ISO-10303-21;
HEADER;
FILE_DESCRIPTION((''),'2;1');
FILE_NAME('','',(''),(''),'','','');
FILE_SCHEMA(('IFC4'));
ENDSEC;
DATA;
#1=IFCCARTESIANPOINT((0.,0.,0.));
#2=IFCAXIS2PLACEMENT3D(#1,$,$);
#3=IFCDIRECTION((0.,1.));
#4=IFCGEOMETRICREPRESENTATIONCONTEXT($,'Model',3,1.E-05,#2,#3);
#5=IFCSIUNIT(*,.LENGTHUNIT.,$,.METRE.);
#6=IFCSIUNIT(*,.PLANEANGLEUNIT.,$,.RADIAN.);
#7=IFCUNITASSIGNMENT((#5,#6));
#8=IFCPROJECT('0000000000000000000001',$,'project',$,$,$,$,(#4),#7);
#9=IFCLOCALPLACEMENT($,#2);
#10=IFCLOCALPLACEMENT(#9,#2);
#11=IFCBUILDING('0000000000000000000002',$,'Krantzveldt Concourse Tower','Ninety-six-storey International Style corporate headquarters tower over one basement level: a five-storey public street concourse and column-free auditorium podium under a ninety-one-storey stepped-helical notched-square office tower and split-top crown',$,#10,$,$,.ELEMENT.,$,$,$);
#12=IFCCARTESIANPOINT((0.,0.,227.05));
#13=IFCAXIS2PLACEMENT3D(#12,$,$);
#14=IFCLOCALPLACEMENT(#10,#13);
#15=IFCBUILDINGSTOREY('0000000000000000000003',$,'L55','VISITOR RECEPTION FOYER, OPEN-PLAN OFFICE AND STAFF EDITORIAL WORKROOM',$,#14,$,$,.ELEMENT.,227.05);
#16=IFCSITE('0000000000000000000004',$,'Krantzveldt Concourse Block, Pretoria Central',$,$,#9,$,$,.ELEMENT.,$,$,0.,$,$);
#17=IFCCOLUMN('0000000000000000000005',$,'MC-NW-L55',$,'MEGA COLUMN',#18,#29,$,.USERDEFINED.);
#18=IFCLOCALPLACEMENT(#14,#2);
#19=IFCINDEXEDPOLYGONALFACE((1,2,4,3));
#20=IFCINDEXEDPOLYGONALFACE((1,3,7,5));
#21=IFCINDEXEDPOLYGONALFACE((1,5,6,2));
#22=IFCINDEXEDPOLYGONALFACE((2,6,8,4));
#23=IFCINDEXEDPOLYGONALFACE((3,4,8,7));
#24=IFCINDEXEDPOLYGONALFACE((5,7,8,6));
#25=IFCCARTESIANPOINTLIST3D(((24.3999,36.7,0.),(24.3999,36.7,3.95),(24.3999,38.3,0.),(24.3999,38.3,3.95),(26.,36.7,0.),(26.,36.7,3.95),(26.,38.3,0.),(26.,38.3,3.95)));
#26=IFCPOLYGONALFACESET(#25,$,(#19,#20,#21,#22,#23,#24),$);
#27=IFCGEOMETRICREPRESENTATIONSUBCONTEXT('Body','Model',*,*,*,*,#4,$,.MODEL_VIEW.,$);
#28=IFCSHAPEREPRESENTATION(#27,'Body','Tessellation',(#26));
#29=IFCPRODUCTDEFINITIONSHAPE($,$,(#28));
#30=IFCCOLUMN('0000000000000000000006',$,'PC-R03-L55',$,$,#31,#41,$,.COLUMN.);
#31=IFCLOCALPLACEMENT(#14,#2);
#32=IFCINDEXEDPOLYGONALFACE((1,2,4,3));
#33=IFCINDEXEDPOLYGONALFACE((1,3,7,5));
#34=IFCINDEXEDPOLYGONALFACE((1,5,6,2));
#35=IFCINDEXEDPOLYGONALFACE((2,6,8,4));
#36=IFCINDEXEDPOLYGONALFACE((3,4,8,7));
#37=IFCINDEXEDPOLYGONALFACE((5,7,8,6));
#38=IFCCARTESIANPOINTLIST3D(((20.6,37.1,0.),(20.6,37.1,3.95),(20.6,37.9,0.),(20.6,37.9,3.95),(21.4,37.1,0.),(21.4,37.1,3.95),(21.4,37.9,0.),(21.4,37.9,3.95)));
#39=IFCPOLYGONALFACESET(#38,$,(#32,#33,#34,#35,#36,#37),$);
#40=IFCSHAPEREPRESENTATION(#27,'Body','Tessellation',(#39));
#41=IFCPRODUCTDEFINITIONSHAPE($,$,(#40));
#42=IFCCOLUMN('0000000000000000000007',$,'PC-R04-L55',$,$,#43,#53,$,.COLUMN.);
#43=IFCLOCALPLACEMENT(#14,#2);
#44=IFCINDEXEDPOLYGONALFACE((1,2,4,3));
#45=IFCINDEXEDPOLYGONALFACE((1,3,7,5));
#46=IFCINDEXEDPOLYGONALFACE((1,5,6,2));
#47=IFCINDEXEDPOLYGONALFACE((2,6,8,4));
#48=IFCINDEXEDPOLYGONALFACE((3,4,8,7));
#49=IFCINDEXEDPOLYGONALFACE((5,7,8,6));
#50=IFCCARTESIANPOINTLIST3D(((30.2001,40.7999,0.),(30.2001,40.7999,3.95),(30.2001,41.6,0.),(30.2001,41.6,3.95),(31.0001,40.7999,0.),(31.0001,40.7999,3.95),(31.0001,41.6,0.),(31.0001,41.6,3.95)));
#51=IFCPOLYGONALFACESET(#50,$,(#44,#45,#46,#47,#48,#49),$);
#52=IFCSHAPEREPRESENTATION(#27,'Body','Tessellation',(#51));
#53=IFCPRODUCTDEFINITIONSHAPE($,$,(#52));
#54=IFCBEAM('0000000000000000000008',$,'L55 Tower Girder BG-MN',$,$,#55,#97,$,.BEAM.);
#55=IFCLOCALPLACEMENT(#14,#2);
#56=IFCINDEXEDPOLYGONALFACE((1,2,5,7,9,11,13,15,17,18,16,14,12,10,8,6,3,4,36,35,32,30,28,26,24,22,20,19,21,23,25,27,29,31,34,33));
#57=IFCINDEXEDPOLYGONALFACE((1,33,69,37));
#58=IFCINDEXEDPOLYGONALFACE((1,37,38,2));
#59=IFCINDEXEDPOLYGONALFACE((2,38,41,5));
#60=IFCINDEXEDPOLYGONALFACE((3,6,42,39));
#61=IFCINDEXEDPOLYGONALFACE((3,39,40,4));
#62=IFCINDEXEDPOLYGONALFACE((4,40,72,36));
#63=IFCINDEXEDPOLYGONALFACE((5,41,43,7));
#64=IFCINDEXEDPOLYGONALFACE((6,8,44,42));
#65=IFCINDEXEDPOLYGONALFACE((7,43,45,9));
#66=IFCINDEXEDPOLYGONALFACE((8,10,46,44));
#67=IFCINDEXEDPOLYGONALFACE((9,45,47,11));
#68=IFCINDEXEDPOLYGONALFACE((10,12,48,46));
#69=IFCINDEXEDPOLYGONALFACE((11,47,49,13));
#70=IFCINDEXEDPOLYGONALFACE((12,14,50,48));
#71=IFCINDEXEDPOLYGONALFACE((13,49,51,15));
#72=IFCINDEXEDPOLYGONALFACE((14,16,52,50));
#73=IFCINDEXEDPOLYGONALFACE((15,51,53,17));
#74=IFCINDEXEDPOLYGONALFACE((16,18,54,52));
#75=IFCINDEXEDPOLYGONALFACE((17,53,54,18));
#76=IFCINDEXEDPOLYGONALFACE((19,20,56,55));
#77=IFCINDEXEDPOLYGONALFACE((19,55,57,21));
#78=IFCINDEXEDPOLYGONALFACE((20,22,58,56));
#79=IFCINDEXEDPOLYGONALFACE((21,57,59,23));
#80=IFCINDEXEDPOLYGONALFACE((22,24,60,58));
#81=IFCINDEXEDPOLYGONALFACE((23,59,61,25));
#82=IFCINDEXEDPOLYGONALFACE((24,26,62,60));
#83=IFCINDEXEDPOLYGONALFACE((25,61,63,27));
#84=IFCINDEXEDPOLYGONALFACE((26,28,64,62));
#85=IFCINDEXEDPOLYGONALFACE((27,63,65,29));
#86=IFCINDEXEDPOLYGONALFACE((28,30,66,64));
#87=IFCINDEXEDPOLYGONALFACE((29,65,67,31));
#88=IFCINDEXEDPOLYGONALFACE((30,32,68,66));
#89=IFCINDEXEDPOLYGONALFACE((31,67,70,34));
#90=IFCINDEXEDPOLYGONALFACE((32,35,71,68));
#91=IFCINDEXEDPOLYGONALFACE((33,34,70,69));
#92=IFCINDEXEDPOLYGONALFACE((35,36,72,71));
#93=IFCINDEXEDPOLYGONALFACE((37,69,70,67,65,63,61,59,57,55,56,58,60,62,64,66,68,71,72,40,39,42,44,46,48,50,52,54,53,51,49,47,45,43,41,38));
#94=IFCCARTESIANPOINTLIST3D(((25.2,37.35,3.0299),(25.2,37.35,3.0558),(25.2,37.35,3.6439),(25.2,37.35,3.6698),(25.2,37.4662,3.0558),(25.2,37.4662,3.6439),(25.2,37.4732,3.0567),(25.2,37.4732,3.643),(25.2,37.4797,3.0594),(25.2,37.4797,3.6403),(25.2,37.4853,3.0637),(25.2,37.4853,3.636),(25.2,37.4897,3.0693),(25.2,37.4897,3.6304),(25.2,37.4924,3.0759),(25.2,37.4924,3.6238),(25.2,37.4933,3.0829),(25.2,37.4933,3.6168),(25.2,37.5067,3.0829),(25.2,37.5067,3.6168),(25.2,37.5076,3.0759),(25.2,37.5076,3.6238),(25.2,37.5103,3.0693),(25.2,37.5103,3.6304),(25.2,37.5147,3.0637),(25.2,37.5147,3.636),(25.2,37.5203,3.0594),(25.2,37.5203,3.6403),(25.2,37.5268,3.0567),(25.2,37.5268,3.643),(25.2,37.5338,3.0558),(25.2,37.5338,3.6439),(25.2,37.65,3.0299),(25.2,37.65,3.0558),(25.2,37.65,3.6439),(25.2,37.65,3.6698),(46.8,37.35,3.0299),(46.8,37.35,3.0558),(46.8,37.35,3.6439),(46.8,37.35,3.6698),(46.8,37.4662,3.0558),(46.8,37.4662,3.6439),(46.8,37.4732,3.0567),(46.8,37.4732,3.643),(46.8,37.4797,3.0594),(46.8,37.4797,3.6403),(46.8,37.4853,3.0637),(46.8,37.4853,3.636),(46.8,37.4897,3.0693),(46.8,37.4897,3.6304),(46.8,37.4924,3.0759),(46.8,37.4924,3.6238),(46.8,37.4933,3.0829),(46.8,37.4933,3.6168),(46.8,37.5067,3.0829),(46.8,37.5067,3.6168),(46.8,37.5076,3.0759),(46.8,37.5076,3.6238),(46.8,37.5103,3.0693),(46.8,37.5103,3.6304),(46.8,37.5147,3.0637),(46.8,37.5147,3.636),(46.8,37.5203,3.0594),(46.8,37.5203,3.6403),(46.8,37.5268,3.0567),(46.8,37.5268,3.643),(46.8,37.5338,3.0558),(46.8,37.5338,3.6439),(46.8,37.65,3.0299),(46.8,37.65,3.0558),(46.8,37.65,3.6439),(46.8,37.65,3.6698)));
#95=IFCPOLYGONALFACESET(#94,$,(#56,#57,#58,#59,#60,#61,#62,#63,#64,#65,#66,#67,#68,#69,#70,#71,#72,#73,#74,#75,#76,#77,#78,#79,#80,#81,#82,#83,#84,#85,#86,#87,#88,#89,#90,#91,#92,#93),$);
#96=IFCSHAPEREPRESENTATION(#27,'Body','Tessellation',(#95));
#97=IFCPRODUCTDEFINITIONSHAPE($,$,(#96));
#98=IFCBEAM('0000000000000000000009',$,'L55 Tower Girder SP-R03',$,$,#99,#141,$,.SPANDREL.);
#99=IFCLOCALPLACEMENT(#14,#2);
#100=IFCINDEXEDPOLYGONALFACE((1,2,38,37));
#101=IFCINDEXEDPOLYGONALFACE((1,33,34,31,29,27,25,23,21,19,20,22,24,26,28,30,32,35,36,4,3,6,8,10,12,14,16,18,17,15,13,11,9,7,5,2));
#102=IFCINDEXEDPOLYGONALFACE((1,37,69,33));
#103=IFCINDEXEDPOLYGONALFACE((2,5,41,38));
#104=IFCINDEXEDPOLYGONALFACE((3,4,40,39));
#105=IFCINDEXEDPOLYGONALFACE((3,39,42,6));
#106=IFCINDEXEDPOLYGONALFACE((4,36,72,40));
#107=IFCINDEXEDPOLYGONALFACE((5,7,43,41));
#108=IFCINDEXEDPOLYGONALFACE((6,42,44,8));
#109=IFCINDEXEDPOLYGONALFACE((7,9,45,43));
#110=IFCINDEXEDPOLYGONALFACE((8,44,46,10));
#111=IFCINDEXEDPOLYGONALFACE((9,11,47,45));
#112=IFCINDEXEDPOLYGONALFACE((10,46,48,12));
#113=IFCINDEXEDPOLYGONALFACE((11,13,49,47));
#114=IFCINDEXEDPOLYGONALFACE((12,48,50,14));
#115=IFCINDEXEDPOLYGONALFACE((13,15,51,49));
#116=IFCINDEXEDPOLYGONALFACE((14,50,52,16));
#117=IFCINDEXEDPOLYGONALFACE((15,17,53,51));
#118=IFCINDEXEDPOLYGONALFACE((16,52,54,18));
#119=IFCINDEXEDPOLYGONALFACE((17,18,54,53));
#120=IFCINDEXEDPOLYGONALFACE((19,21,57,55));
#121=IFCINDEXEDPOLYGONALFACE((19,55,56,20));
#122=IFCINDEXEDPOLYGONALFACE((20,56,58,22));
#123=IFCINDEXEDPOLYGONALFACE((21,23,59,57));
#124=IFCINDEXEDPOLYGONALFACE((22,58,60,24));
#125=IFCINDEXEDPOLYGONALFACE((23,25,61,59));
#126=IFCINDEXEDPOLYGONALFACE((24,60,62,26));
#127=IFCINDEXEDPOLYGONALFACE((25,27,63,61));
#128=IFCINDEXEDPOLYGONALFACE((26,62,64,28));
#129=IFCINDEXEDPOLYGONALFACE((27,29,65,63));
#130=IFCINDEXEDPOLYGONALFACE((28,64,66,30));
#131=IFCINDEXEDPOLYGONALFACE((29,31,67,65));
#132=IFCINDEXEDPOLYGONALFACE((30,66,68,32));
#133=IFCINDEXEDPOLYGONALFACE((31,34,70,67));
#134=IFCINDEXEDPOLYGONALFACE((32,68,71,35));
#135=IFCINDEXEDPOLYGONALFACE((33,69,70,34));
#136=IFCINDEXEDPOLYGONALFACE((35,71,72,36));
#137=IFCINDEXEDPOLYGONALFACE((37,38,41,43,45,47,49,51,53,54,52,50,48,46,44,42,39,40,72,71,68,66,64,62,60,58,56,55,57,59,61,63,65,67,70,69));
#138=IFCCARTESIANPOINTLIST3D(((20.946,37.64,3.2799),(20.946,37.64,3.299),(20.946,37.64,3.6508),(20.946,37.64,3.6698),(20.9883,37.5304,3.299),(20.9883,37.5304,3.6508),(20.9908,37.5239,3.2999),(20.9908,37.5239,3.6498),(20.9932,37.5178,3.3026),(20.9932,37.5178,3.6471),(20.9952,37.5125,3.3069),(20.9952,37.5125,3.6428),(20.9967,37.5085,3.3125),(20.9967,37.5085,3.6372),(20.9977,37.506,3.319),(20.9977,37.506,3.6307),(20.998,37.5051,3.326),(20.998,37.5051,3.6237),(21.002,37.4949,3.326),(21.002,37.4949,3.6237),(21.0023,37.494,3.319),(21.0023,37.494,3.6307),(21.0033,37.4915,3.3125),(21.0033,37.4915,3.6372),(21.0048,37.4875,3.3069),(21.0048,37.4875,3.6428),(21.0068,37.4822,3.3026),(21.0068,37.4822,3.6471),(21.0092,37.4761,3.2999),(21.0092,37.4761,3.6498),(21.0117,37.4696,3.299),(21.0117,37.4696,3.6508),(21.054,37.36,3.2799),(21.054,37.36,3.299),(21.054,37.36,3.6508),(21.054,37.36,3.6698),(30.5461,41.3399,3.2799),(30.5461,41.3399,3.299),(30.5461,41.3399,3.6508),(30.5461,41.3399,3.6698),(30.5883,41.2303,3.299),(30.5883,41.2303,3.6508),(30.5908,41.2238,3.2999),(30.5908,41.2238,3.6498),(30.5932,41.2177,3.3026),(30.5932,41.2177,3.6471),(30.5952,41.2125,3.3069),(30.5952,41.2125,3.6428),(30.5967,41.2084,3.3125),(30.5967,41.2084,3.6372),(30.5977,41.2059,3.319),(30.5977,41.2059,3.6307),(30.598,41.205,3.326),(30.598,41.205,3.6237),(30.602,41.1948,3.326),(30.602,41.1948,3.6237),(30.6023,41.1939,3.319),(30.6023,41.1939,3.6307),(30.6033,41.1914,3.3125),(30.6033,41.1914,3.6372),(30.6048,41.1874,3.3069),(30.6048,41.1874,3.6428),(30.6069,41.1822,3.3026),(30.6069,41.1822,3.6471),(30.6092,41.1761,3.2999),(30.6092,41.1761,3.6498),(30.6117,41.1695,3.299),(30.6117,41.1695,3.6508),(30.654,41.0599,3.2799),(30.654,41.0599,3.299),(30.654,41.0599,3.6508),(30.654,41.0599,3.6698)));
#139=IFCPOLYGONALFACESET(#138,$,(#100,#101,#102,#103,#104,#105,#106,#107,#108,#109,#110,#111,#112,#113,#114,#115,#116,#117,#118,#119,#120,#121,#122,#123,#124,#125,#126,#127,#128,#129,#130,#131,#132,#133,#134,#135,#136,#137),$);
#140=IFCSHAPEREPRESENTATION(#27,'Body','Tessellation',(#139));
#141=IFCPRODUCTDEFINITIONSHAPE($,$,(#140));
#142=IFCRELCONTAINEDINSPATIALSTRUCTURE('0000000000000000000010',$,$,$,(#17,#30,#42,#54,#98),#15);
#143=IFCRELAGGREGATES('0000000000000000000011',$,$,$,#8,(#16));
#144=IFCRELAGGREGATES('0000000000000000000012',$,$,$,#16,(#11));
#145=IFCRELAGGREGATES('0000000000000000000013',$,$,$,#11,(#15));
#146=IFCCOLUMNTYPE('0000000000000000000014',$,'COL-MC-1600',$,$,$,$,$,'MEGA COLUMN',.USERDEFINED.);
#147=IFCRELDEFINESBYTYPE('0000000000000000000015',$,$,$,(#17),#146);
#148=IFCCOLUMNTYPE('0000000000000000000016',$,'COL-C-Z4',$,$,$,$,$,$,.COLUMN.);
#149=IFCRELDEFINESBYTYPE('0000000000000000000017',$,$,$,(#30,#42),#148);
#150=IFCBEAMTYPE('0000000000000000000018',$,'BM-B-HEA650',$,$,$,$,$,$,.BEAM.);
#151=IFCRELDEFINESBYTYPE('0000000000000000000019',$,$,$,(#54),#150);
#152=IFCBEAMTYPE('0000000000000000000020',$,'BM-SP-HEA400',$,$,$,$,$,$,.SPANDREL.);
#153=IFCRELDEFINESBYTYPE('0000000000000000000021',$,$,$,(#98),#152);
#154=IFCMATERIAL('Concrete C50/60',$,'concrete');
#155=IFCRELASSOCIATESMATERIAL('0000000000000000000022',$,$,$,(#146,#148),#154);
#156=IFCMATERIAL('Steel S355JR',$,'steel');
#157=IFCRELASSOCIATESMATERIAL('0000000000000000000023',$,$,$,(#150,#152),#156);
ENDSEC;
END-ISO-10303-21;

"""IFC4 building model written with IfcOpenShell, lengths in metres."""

from ifc_helpers import new_model, si_unit, direction, frame, origin, origin_2d, place, context, subcontext, project, spatial, rectangle, i_section, extrude, source, transform, mapped, material, material_profile, profile_set, type_object, type_shapes, element, save


model = new_model("IFC4")

# Units and contexts
model_context = context("Model", 3, precision=1e-05, world=origin(), true_north=direction((0.0, 1.0)))
body_context = subcontext(model_context, "Body", "Model", "MODEL_VIEW")
ifc_project = project(units=[si_unit("LENGTHUNIT", "METRE"), si_unit("PLANEANGLEUNIT", "RADIAN")], contexts=[model_context])

# Site, building, storey
site_placement = place(None, origin())
site = spatial("IfcSite", under=ifc_project, at=site_placement, Name="Krantzveldt Concourse Block, Pretoria Central", CompositionType="ELEMENT", RefElevation=0.0)
building_placement = place(site_placement, origin())
building = spatial("IfcBuilding", under=site, at=building_placement, Name="Krantzveldt Concourse Tower", Description="Ninety-six-storey International Style corporate headquarters tower over one basement level: a five-storey public street concourse and column-free auditorium podium under a ninety-one-storey stepped-helical notched-square office tower and split-top crown", CompositionType="ELEMENT")
storey_placement = place(building_placement, frame((0.0, 0.0, 227.05)))
storey = spatial("IfcBuildingStorey", under=building, at=storey_placement, Name="L55", Description="VISITOR RECEPTION FOYER, OPEN-PLAN OFFICE AND STAFF EDITORIAL WORKROOM", CompositionType="ELEMENT", Elevation=227.05)

# Columns
ifc_material_1 = material(Name="Concrete C50/60", Category="concrete")
ifc_material_profile_1 = material_profile(ifc_material_1, rectangle(XDim=1.6001, YDim=1.6001, at=origin_2d()), Name="Concrete C50/60", Category="concrete")
ifc_profile_set_1 = profile_set([ifc_material_profile_1], Name="Concrete C50/60 - RC 1600x1600")
column_type_1 = type_object("IfcColumnType", Name="COL-MC-1600", ElementType="MEGA COLUMN", PredefinedType="USERDEFINED", material=ifc_profile_set_1)
shared_shape_1 = source(origin(), body_context, "Body", "SweptSolid", [
    extrude(rectangle(XDim=1.6001, YDim=1.6001, at=origin_2d()), origin(), (0.0, 0.0, 1.0), 3.95),
])
type_shapes(column_type_1, [shared_shape_1])
column_placement = place(storey_placement, frame((25.2, 37.5, 0.0), z_axis=(0.0, 0.0, 1.0), x_axis=(1.0, 0.0, 0.0)))
element("IfcColumn", 1, at=column_placement, inside=storey, type_object=column_type_1, Name="MC-NW-L55", ObjectType="MEGA COLUMN", PredefinedType="USERDEFINED", context=body_context, shape_type="MappedRepresentation", body=[
    mapped(shared_shape_1, transform((0.0, 0.0, 0.0), x_axis=(1.0, 0.0, 0.0), y_axis=(0.0, 1.0, 0.0), z_axis=(0.0, 0.0, 1.0), scale=1.0)),
])
ifc_material_profile_2 = material_profile(ifc_material_1, rectangle(XDim=0.8, YDim=0.8, at=origin_2d()), Name="Concrete C50/60", Category="concrete")
ifc_profile_set_2 = profile_set([ifc_material_profile_2], Name="Concrete C50/60 - RC 800x800")
column_type_2 = type_object("IfcColumnType", Name="COL-C-Z4", PredefinedType="COLUMN", material=ifc_profile_set_2)
shared_shape_2 = source(origin(), body_context, "Body", "SweptSolid", [
    extrude(rectangle(XDim=0.8, YDim=0.8, at=origin_2d()), origin(), (0.0, 0.0, 1.0), 3.95),
])
type_shapes(column_type_2, [shared_shape_2])
for number, where, z_axis, x_axis, name in (
    (2, (21.0, 37.5, 0.0), (0.0, 0.0, 1.0), (1.0, 0.0, 0.0), "PC-R03-L55"),
    (3, (30.6001, 41.2, 0.0), (0.0, 0.0, 1.0), (1.0, 0.0, 0.0), "PC-R04-L55"),
):
    element("IfcColumn", number, at=place(storey_placement, frame(where, z_axis=z_axis, x_axis=x_axis)), inside=storey, type_object=column_type_2, Name=name, PredefinedType="COLUMN", context=body_context, shape_type="MappedRepresentation", body=[
        mapped(shared_shape_2, transform((0.0, 0.0, 0.0), x_axis=(1.0, 0.0, 0.0), y_axis=(0.0, 1.0, 0.0), z_axis=(0.0, 0.0, 1.0), scale=1.0)),
    ])

# Beams
ifc_material_2 = material(Name="Steel S355JR", Category="steel")
ifc_material_profile_3 = material_profile(ifc_material_2, i_section(OverallWidth=0.3, OverallDepth=0.6399, WebThickness=0.0134, FlangeThickness=0.0259, FilletRadius=0.0271, at=origin_2d()), Name="Steel S355JR", Category="steel")
ifc_profile_set_3 = profile_set([ifc_material_profile_3], Name="Steel S355JR - HEA 650")
beam_type_1 = type_object("IfcBeamType", Name="BM-B-HEA650", PredefinedType="BEAM", material=ifc_profile_set_3)
shared_shape_3 = source(origin(), body_context, "Body", "SweptSolid", [
    extrude(i_section(OverallWidth=0.3, OverallDepth=0.6399, WebThickness=0.0134, FlangeThickness=0.0259, FilletRadius=0.0271, at=origin_2d()), origin(), (0.0, 0.0, 1.0), 21.6001),
])
type_shapes(beam_type_1, [shared_shape_3])
beam_1_placement = place(storey_placement, frame((25.2, 37.5, 3.3499), z_axis=(1.0, 0.0, 0.0), x_axis=(0.0, 1.0, 0.0)))
element("IfcBeam", 4, at=beam_1_placement, inside=storey, type_object=beam_type_1, Name="L55 Tower Girder BG-MN", PredefinedType="BEAM", context=body_context, shape_type="MappedRepresentation", body=[
    mapped(shared_shape_3, transform((0.0, 0.0, 0.0), x_axis=(1.0, 0.0, 0.0), y_axis=(0.0, 1.0, 0.0), z_axis=(0.0, 0.0, 1.0), scale=1.0)),
])
ifc_material_profile_4 = material_profile(ifc_material_2, i_section(OverallWidth=0.3, OverallDepth=0.3899, WebThickness=0.011, FlangeThickness=0.019, FilletRadius=0.0271, at=origin_2d()), Name="Steel S355JR", Category="steel")
ifc_profile_set_4 = profile_set([ifc_material_profile_4], Name="Steel S355JR - HEA 400")
beam_type_2 = type_object("IfcBeamType", Name="BM-SP-HEA400", PredefinedType="SPANDREL", material=ifc_profile_set_4)
shared_shape_4 = source(origin(), body_context, "Body", "SweptSolid", [
    extrude(i_section(OverallWidth=0.3, OverallDepth=0.3899, WebThickness=0.011, FlangeThickness=0.019, FilletRadius=0.0271, at=origin_2d()), origin(), (0.0, 0.0, 1.0), 10.2883),
])
beam_2_placement = place(storey_placement, frame((21.0, 37.5, 3.4749), z_axis=(0.933098, 0.359623, 0.0), x_axis=(-0.359623, 0.933098, 0.0)))
element("IfcBeam", 5, at=beam_2_placement, inside=storey, type_object=beam_type_2, Name="L55 Tower Girder SP-R03", PredefinedType="SPANDREL", context=body_context, shape_type="MappedRepresentation", body=[
    mapped(shared_shape_4, transform((0.0, 0.0, 0.0), x_axis=(1.0, 0.0, 0.0), y_axis=(0.0, 1.0, 0.0), z_axis=(0.0, 0.0, 1.0), scale=1.0)),
])

save(model, "model.ifc")
